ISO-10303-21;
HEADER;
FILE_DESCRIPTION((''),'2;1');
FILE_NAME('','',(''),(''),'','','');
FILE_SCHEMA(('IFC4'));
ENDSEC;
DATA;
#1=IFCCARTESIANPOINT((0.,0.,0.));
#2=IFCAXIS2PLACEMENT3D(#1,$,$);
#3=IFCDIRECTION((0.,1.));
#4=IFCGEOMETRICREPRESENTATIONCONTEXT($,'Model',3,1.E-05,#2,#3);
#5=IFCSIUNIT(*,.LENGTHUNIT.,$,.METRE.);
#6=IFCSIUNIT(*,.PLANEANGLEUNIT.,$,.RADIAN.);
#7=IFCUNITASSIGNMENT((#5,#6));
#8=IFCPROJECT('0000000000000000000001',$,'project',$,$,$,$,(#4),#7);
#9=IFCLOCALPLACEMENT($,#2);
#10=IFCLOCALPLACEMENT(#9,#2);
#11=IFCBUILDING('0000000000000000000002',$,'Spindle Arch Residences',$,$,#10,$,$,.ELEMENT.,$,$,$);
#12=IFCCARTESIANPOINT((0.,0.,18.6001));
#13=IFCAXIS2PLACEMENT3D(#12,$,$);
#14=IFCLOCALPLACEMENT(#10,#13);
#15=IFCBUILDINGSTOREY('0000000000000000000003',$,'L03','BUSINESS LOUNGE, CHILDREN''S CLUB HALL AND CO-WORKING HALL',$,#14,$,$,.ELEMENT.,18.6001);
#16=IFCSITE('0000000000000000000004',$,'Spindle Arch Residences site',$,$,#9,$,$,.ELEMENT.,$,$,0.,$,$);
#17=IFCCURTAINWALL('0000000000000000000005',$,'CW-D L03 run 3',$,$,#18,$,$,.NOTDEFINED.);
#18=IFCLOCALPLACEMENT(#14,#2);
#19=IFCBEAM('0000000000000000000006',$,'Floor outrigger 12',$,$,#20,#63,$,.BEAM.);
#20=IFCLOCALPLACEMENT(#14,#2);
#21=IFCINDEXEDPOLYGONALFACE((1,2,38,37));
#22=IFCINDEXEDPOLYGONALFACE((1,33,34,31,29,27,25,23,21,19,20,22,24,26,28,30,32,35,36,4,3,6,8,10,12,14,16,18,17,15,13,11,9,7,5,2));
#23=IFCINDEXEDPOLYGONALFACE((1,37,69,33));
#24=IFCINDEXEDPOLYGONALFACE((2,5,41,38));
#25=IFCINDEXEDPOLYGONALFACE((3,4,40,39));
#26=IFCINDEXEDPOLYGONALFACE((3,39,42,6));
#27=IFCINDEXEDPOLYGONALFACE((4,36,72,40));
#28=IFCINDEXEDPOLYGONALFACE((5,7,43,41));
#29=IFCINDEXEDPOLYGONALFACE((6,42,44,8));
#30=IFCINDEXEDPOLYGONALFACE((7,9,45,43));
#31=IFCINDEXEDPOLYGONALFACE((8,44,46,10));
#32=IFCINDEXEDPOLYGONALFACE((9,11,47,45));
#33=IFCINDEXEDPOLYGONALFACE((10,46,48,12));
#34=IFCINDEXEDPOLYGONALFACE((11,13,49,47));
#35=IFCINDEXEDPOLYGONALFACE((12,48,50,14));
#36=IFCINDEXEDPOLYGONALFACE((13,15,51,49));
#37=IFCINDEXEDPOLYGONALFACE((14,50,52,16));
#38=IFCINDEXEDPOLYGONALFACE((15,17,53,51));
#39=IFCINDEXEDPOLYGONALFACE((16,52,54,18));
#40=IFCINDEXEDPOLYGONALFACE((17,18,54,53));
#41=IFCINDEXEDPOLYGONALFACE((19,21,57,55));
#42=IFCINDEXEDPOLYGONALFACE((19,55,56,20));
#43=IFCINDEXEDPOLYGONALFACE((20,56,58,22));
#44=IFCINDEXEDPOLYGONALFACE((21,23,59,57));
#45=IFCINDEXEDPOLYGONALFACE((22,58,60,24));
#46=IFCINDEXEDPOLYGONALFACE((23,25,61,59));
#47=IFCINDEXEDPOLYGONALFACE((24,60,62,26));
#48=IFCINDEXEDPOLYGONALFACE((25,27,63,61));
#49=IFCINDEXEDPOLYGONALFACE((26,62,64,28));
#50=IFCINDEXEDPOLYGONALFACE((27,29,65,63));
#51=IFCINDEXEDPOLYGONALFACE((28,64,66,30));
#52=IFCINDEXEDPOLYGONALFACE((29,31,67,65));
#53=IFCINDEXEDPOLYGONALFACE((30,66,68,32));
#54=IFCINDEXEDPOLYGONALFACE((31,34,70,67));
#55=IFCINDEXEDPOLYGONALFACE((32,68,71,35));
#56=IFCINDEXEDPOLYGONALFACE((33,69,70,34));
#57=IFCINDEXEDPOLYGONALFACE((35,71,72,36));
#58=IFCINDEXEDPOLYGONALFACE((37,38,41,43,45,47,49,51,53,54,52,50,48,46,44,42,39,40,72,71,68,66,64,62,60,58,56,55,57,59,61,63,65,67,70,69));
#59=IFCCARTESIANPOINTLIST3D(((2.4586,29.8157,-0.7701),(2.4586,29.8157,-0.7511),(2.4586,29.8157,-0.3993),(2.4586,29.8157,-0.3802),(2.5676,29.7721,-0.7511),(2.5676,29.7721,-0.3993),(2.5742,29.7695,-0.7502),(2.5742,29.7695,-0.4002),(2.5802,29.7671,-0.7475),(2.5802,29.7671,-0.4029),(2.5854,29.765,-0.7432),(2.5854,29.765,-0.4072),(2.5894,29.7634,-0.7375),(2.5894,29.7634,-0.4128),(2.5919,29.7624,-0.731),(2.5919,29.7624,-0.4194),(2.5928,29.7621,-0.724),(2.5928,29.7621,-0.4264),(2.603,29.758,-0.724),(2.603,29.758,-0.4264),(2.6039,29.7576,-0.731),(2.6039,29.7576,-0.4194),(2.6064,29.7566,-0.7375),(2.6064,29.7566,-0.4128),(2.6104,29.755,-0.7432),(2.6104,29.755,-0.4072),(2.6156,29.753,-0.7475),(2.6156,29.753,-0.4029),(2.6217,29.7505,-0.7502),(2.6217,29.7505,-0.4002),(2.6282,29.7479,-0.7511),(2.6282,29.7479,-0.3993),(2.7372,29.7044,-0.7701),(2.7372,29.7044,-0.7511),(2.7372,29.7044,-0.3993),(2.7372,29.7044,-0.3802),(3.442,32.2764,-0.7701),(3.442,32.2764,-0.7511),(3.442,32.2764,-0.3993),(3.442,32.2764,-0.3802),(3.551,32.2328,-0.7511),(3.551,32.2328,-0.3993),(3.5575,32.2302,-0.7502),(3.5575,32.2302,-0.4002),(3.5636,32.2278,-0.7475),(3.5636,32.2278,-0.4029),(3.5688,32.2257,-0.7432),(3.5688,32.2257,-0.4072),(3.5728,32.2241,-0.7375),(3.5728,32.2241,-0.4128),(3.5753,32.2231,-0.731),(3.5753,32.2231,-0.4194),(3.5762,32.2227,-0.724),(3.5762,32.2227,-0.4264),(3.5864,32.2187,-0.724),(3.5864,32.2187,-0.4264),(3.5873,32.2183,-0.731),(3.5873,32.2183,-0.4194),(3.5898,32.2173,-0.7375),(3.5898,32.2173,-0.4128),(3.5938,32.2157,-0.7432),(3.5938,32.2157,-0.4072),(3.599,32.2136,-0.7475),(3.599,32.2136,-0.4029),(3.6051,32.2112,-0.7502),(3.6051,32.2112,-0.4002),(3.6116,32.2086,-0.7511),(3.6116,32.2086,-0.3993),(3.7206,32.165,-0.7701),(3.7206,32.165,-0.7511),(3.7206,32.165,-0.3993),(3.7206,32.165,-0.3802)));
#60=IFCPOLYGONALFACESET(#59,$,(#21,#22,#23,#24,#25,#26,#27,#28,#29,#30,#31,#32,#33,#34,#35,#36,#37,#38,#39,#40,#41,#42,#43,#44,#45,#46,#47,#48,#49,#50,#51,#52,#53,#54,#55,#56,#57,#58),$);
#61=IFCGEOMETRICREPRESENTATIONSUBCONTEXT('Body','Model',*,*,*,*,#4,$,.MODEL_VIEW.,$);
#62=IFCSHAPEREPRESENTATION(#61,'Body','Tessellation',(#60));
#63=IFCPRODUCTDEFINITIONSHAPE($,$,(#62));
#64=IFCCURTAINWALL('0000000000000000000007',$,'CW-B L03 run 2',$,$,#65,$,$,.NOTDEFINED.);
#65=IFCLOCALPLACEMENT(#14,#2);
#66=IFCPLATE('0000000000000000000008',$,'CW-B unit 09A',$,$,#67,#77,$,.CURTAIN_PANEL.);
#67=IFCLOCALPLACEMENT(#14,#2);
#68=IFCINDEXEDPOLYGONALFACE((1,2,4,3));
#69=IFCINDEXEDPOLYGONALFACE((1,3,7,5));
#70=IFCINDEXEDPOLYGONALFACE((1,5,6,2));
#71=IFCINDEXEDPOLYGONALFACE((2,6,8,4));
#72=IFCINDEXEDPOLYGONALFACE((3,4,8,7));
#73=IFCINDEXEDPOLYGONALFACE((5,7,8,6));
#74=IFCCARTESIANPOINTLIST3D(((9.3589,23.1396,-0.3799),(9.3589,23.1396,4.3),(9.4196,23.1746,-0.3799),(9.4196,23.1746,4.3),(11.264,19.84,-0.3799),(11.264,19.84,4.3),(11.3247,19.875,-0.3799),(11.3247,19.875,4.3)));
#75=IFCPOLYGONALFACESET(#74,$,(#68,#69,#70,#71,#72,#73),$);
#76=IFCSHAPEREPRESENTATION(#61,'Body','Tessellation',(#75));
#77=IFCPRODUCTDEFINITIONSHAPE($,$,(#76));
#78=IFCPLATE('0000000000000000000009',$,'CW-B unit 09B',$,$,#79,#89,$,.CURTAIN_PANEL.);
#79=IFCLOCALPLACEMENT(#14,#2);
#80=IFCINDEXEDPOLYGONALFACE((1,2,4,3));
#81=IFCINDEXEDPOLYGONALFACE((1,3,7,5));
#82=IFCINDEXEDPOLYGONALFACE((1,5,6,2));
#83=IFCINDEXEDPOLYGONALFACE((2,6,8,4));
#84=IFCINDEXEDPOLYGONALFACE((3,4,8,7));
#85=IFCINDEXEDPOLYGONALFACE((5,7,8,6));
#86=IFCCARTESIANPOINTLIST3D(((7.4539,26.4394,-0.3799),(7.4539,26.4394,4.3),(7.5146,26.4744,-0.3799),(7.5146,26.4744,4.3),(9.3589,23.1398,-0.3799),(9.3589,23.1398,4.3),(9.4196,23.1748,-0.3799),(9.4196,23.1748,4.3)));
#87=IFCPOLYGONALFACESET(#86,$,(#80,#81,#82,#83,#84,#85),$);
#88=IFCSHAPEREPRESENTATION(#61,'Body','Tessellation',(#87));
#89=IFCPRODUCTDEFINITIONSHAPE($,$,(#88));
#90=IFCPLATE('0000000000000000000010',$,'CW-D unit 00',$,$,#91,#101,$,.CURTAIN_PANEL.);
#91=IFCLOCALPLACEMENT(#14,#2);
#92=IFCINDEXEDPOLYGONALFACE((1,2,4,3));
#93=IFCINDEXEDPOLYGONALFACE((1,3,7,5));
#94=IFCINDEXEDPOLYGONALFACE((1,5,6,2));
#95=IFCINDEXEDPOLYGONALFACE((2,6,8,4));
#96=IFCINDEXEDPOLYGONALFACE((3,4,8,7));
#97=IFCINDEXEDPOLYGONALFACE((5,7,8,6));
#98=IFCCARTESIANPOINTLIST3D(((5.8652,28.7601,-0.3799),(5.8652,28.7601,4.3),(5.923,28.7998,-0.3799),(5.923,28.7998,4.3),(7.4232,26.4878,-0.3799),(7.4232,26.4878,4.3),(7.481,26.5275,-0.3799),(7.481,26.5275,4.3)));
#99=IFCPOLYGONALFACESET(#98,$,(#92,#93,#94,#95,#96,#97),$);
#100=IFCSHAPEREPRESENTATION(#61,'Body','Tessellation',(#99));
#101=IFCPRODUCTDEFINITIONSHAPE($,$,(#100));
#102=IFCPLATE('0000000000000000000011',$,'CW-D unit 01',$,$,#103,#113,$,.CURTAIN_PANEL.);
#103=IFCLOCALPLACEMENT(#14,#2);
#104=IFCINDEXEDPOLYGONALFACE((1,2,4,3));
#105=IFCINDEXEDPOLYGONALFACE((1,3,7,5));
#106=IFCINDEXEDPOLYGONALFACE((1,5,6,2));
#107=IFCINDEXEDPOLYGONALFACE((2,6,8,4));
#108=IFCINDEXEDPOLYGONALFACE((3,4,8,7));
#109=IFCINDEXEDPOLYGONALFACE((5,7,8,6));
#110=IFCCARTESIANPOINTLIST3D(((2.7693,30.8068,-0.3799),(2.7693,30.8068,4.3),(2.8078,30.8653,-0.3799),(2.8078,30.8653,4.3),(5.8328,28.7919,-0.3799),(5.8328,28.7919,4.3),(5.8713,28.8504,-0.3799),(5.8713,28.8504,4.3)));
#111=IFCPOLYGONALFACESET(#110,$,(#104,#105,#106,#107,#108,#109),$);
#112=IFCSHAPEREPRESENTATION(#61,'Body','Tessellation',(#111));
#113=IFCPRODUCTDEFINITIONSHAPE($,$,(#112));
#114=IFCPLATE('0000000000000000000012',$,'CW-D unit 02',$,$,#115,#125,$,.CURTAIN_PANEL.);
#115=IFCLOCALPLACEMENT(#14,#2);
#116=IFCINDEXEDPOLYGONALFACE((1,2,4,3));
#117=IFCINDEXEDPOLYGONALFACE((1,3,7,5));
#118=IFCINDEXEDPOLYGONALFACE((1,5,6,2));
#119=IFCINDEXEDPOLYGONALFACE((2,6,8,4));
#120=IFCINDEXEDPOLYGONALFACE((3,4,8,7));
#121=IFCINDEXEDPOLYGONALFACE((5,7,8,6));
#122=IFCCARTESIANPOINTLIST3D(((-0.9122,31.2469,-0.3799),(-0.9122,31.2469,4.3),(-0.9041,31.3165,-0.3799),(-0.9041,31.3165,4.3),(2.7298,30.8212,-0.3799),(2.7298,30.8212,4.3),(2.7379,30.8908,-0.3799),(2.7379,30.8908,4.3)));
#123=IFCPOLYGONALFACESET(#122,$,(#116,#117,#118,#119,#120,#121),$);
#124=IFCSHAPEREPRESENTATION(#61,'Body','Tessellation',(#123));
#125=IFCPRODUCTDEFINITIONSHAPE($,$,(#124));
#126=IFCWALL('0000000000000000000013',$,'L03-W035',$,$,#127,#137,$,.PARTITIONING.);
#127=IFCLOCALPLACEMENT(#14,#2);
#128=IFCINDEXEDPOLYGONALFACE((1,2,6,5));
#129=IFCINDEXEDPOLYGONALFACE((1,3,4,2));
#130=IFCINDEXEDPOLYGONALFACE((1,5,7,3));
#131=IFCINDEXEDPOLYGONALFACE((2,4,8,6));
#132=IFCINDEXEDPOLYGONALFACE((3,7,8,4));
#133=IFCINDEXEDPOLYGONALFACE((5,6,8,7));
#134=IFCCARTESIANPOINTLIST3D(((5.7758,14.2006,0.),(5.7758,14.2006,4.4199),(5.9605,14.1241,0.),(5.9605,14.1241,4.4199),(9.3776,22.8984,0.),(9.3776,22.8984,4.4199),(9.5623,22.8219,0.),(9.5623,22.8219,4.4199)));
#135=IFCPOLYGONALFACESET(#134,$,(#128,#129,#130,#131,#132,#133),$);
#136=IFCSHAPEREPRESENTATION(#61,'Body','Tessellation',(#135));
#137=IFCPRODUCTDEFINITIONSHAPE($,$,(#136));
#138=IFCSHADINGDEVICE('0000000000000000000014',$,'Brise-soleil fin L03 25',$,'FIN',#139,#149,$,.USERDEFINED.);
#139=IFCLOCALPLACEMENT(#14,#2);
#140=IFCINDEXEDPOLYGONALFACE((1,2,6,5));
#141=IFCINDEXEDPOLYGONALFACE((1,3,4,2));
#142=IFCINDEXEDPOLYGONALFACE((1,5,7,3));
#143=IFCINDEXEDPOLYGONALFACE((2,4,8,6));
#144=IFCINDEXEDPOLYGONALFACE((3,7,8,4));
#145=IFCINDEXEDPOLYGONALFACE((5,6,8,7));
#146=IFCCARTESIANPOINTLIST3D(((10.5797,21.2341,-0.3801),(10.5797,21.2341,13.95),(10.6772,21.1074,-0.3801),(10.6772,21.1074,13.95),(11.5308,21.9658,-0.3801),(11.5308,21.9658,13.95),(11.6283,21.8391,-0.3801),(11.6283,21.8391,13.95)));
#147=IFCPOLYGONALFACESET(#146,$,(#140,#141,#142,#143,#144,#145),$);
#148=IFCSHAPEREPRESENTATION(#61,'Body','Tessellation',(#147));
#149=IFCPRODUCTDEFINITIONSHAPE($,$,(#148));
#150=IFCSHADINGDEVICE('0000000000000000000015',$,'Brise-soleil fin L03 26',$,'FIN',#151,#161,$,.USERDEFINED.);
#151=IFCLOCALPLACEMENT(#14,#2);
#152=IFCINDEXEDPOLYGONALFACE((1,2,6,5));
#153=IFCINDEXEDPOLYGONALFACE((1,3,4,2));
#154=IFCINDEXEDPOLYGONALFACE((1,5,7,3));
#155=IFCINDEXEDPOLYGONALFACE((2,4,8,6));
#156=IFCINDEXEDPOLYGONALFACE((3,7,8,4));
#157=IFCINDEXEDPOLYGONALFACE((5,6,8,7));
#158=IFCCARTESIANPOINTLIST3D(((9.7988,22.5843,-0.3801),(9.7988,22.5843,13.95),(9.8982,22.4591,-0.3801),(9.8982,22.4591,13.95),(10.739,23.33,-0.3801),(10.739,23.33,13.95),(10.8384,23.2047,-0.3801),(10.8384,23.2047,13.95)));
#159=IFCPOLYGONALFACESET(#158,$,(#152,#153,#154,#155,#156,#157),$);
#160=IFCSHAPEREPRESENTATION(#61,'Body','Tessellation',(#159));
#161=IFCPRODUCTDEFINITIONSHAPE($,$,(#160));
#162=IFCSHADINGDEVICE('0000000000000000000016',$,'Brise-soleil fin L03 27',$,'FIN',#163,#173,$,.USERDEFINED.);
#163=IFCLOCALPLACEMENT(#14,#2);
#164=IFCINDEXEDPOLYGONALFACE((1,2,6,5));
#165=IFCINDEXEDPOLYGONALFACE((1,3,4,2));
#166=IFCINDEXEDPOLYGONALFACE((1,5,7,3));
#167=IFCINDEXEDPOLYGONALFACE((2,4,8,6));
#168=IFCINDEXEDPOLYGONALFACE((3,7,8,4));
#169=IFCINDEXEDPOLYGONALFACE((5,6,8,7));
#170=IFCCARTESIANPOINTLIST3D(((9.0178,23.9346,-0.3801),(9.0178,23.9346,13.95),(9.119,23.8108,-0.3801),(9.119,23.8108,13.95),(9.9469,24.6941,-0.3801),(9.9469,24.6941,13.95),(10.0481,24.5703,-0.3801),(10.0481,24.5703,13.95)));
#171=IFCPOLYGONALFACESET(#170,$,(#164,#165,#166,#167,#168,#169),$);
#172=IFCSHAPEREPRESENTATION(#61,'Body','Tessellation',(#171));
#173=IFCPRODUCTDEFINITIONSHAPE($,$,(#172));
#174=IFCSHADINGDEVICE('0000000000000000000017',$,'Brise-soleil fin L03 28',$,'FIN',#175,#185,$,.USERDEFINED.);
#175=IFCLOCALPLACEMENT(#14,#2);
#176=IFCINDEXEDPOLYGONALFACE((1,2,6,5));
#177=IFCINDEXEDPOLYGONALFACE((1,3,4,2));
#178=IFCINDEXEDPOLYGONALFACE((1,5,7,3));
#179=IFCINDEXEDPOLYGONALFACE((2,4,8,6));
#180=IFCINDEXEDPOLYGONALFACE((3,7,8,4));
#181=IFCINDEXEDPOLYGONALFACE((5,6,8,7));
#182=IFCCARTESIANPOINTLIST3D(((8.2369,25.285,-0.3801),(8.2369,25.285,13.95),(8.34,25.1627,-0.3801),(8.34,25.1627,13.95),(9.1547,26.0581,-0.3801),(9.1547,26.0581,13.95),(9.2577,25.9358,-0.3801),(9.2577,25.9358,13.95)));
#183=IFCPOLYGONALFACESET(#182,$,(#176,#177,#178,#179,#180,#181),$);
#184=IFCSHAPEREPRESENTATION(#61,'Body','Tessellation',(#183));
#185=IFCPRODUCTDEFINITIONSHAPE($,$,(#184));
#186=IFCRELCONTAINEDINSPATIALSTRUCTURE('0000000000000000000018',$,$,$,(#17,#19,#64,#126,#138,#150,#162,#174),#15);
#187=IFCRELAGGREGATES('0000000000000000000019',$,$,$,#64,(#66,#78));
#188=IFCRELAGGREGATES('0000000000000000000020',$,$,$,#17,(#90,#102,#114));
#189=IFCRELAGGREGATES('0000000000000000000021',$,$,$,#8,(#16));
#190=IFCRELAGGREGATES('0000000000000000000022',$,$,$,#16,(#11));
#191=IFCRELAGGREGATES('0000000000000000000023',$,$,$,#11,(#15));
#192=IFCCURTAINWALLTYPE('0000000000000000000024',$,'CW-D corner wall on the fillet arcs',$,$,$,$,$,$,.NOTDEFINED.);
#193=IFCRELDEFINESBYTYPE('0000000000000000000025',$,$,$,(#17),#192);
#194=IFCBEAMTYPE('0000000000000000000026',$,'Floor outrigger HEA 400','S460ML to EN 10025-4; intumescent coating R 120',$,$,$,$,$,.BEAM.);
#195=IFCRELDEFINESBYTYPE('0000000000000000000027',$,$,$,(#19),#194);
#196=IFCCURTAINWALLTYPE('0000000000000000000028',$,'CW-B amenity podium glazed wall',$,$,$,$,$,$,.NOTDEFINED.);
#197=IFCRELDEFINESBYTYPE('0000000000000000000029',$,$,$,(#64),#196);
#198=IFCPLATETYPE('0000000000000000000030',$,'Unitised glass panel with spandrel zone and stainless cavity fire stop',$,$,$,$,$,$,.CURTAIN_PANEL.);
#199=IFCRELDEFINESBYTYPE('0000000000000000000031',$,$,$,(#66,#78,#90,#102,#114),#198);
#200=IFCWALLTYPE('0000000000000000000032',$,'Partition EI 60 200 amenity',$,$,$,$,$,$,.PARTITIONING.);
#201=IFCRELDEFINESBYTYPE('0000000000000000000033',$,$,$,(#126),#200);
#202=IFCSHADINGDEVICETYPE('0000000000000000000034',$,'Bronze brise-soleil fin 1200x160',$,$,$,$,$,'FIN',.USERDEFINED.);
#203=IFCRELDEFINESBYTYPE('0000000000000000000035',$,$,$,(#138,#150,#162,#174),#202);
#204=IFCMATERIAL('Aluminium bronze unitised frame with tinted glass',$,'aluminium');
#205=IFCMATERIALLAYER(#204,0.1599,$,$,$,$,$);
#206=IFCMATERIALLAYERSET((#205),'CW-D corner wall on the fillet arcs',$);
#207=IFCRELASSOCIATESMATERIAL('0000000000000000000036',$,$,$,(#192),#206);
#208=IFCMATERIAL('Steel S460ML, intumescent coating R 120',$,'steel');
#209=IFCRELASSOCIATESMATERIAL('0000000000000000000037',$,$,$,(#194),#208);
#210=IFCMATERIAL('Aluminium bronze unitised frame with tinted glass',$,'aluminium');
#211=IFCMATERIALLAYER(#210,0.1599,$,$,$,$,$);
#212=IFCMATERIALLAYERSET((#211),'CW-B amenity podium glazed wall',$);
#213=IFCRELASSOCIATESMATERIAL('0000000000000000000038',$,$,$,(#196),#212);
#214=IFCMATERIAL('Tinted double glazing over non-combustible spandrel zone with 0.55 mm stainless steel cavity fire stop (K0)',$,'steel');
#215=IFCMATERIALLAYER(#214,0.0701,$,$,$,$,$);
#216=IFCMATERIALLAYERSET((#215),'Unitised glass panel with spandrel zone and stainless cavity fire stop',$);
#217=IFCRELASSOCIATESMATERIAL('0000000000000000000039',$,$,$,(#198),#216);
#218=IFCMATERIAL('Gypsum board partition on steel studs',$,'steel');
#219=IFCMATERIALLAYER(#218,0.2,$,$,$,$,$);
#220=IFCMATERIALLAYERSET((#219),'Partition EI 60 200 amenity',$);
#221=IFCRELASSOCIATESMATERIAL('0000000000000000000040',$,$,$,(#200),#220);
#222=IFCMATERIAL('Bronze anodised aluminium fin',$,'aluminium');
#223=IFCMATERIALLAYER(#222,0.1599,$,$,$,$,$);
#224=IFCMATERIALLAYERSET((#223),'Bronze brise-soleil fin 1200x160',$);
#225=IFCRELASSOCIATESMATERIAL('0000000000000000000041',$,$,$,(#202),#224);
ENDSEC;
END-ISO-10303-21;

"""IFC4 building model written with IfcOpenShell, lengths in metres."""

from ifc_helpers import new_model, si_unit, direction, frame, frame_2d, origin, origin_2d, place, context, subcontext, project, spatial, rectangle, i_section, extrude, material, layer, layer_set, material_profile, profile_set, type_object, element, aggregate, save


model = new_model("IFC4")

# Units and contexts
model_context = context("Model", 3, precision=1e-05, world=origin(), true_north=direction((0.0, 1.0)))
body_context = subcontext(model_context, "Body", "Model", "MODEL_VIEW")
ifc_project = project(units=[si_unit("LENGTHUNIT", "METRE"), si_unit("PLANEANGLEUNIT", "RADIAN")], contexts=[model_context])

# Site, building, storey
site_placement = place(None, origin())
site = spatial("IfcSite", under=ifc_project, at=site_placement, Name="Spindle Arch Residences site", CompositionType="ELEMENT", RefElevation=0.0)
building_placement = place(site_placement, origin())
building = spatial("IfcBuilding", under=site, at=building_placement, Name="Spindle Arch Residences", CompositionType="ELEMENT")
storey_placement = place(building_placement, frame((0.0, 0.0, 18.6001)))
storey = spatial("IfcBuildingStorey", under=building, at=storey_placement, Name="L03", Description="BUSINESS LOUNGE, CHILDREN'S CLUB HALL AND CO-WORKING HALL", CompositionType="ELEMENT", Elevation=18.6001)

# Curtain wall
ifc_material_1 = material(Name="Aluminium bronze unitised frame with tinted glass", Category="aluminium")
ifc_layer_1 = layer(ifc_material_1, 0.1599)
ifc_layer_set_1 = layer_set([ifc_layer_1], Name="CW-D corner wall on the fillet arcs")
curtain_wall_type_1 = type_object("IfcCurtainWallType", Name="CW-D corner wall on the fillet arcs", PredefinedType="NOTDEFINED", material=ifc_layer_set_1)
curtain_wall_1_placement = place(storey_placement, origin())
curtain_wall_1 = element("IfcCurtainWall", 1, at=curtain_wall_1_placement, inside=storey, type_object=curtain_wall_type_1, Name="CW-D L03 run 3", PredefinedType="NOTDEFINED")

# Beam
ifc_material_2 = material(Name="Steel S460ML, intumescent coating R 120", Category="steel")
ifc_material_profile_1 = material_profile(ifc_material_2, i_section(OverallWidth=0.3, OverallDepth=0.3899, WebThickness=0.011, FlangeThickness=0.019, FilletRadius=0.0271, at=origin_2d()), Name="HEA 400")
ifc_profile_set_1 = profile_set([ifc_material_profile_1], Name="Steel S460ML, intumescent coating R 120")
beam_type_1 = type_object("IfcBeamType", Name="Floor outrigger HEA 400", Description="S460ML to EN 10025-4; intumescent coating R 120", PredefinedType="BEAM", material=ifc_profile_set_1)
beam_1_placement = place(storey_placement, frame((3.5813, 32.2207, -0.5752), z_axis=(-0.371105, -0.928591, 0.0), x_axis=(0.928591, -0.371105, 0.0)))
element("IfcBeam", 2, at=beam_1_placement, inside=storey, type_object=beam_type_1, Name="Floor outrigger 12", PredefinedType="BEAM", context=body_context, shape_type="SweptSolid", body=[
    extrude(i_section(OverallWidth=0.3, OverallDepth=0.3899, WebThickness=0.011, FlangeThickness=0.019, FilletRadius=0.0271, at=origin_2d()), origin(), (0.0, 0.0, 1.0), 2.6499),
])

# Curtain wall, plates
ifc_material_3 = material(Name="Aluminium bronze unitised frame with tinted glass", Category="aluminium")
ifc_layer_2 = layer(ifc_material_3, 0.1599)
ifc_layer_set_2 = layer_set([ifc_layer_2], Name="CW-B amenity podium glazed wall")
curtain_wall_type_2 = type_object("IfcCurtainWallType", Name="CW-B amenity podium glazed wall", PredefinedType="NOTDEFINED", material=ifc_layer_set_2)
curtain_wall_2_placement = place(storey_placement, origin())
curtain_wall_2 = element("IfcCurtainWall", 3, at=curtain_wall_2_placement, inside=storey, type_object=curtain_wall_type_2, Name="CW-B L03 run 2", PredefinedType="NOTDEFINED")
ifc_material_4 = material(Name="Tinted double glazing over non-combustible spandrel zone with 0.55 mm stainless steel cavity fire stop (K0)", Category="steel")
ifc_layer_3 = layer(ifc_material_4, 0.0701)
ifc_layer_set_3 = layer_set([ifc_layer_3], Name="Unitised glass panel with spandrel zone and stainless cavity fire stop")
plate_type = type_object("IfcPlateType", Name="Unitised glass panel with spandrel zone and stainless cavity fire stop", PredefinedType="CURTAIN_PANEL", material=ifc_layer_set_3)
plate_1_placement = place(storey_placement, frame((10.3418, 21.5073, -0.3799), z_axis=(0.0, 0.0, 1.0), x_axis=(-0.5, 0.866025, 0.0)))
plate_1 = element("IfcPlate", 4, at=plate_1_placement, type_object=plate_type, Name="CW-B unit 09A", PredefinedType="CURTAIN_PANEL", context=body_context, shape_type="SweptSolid", body=[
    extrude(rectangle(XDim=3.8101, YDim=0.0701, at=origin_2d()), origin(), (0.0, 0.0, 1.0), 4.6799),
])
plate_2_placement = place(storey_placement, frame((8.4368, 24.8071, -0.3799), z_axis=(0.0, 0.0, 1.0), x_axis=(-0.5, 0.866025, 0.0)))
plate_2 = element("IfcPlate", 5, at=plate_2_placement, type_object=plate_type, Name="CW-B unit 09B", PredefinedType="CURTAIN_PANEL", context=body_context, shape_type="SweptSolid", body=[
    extrude(rectangle(XDim=3.8101, YDim=0.0701, at=origin_2d()), origin(), (0.0, 0.0, 1.0), 4.6799),
])
aggregate(curtain_wall_2, [plate_1, plate_2])

# Plates
plate_3_placement = place(storey_placement, frame((6.6731, 27.6438, -0.3799), z_axis=(0.0, 0.0, 1.0), x_axis=(-0.565501, 0.824748, 0.0)))
plate_3 = element("IfcPlate", 6, at=plate_3_placement, type_object=plate_type, Name="CW-D unit 00", PredefinedType="CURTAIN_PANEL", context=body_context, shape_type="SweptSolid", body=[
    extrude(rectangle(XDim=2.7551, YDim=0.0701, at=origin_2d()), origin(), (0.0, 0.0, 1.0), 4.6799),
])
plate_4_placement = place(storey_placement, frame((4.3203, 29.8286, -0.3799), z_axis=(0.0, 0.0, 1.0), x_axis=(-0.835488, 0.549509, 0.0)))
plate_4 = element("IfcPlate", 7, at=plate_4_placement, type_object=plate_type, Name="CW-D unit 01", PredefinedType="CURTAIN_PANEL", context=body_context, shape_type="SweptSolid", body=[
    extrude(rectangle(XDim=3.6667, YDim=0.0701, at=origin_2d()), origin(), (0.0, 0.0, 1.0), 4.6799),
])
plate_5_placement = place(storey_placement, frame((0.9128, 31.0688, -0.3799), z_axis=(0.0, 0.0, 1.0), x_axis=(-0.993238, 0.116093, 0.0)))
plate_5 = element("IfcPlate", 8, at=plate_5_placement, type_object=plate_type, Name="CW-D unit 02", PredefinedType="CURTAIN_PANEL", context=body_context, shape_type="SweptSolid", body=[
    extrude(rectangle(XDim=3.6667, YDim=0.0701, at=origin_2d()), origin(), (0.0, 0.0, 1.0), 4.6799),
])
aggregate(curtain_wall_1, [plate_3, plate_4, plate_5])

# Wall
ifc_material_5 = material(Name="Gypsum board partition on steel studs", Category="steel")
ifc_layer_4 = layer(ifc_material_5, 0.2)
ifc_layer_set_4 = layer_set([ifc_layer_4], Name="Partition EI 60 200 amenity")
wall_type = type_object("IfcWallType", Name="Partition EI 60 200 amenity", PredefinedType="PARTITIONING", material=ifc_layer_set_4)
wall_placement = place(storey_placement, frame((9.47, 22.8601, 0.0), z_axis=(0.0, 0.0, 1.0), x_axis=(-0.3826, -0.923914, 0.0)))
element("IfcWall", 9, at=wall_placement, inside=storey, type_object=wall_type, Name="L03-W035", PredefinedType="PARTITIONING", context=body_context, shape_type="SweptSolid", body=[
    extrude(rectangle(XDim=9.4141, YDim=0.2, at=frame_2d((4.707, 0.0))), origin(), (0.0, 0.0, 1.0), 4.4199),
])

# Shading devices
ifc_material_6 = material(Name="Bronze anodised aluminium fin", Category="aluminium")
ifc_layer_5 = layer(ifc_material_6, 0.1599)
ifc_layer_set_5 = layer_set([ifc_layer_5], Name="Bronze brise-soleil fin 1200x160")
shading_device_type = type_object("IfcShadingDeviceType", Name="Bronze brise-soleil fin 1200x160", ElementType="FIN", PredefinedType="USERDEFINED", material=ifc_layer_set_5)
for number, where, z_axis, x_axis, name in (
    (10, (11.104, 21.5366, -0.3801), (0.0, 0.0, 1.0), (0.792583, 0.609764, 0.0), "Brise-soleil fin L03 25"),
    (11, (10.3186, 22.8945, -0.3801), (0.0, 0.0, 1.0), (0.78349, 0.621404, 0.0), "Brise-soleil fin L03 26"),
    (12, (9.533, 24.2524, -0.3801), (0.0, 0.0, 1.0), (0.774226, 0.632909, 0.0), "Brise-soleil fin L03 27"),
    (13, (8.7473, 25.6104, -0.3801), (0.0, 0.0, 1.0), (0.764793, 0.644276, 0.0), "Brise-soleil fin L03 28"),
):
    element("IfcShadingDevice", number, at=place(storey_placement, frame(where, z_axis=z_axis, x_axis=x_axis)), inside=storey, type_object=shading_device_type, Name=name, ObjectType="FIN", PredefinedType="USERDEFINED", context=body_context, shape_type="SweptSolid", body=[
        extrude(rectangle(XDim=1.2, YDim=0.1599, at=origin_2d()), origin(), (0.0, 0.0, 1.0), 14.3301),
    ])

save(model, "model.ifc")
